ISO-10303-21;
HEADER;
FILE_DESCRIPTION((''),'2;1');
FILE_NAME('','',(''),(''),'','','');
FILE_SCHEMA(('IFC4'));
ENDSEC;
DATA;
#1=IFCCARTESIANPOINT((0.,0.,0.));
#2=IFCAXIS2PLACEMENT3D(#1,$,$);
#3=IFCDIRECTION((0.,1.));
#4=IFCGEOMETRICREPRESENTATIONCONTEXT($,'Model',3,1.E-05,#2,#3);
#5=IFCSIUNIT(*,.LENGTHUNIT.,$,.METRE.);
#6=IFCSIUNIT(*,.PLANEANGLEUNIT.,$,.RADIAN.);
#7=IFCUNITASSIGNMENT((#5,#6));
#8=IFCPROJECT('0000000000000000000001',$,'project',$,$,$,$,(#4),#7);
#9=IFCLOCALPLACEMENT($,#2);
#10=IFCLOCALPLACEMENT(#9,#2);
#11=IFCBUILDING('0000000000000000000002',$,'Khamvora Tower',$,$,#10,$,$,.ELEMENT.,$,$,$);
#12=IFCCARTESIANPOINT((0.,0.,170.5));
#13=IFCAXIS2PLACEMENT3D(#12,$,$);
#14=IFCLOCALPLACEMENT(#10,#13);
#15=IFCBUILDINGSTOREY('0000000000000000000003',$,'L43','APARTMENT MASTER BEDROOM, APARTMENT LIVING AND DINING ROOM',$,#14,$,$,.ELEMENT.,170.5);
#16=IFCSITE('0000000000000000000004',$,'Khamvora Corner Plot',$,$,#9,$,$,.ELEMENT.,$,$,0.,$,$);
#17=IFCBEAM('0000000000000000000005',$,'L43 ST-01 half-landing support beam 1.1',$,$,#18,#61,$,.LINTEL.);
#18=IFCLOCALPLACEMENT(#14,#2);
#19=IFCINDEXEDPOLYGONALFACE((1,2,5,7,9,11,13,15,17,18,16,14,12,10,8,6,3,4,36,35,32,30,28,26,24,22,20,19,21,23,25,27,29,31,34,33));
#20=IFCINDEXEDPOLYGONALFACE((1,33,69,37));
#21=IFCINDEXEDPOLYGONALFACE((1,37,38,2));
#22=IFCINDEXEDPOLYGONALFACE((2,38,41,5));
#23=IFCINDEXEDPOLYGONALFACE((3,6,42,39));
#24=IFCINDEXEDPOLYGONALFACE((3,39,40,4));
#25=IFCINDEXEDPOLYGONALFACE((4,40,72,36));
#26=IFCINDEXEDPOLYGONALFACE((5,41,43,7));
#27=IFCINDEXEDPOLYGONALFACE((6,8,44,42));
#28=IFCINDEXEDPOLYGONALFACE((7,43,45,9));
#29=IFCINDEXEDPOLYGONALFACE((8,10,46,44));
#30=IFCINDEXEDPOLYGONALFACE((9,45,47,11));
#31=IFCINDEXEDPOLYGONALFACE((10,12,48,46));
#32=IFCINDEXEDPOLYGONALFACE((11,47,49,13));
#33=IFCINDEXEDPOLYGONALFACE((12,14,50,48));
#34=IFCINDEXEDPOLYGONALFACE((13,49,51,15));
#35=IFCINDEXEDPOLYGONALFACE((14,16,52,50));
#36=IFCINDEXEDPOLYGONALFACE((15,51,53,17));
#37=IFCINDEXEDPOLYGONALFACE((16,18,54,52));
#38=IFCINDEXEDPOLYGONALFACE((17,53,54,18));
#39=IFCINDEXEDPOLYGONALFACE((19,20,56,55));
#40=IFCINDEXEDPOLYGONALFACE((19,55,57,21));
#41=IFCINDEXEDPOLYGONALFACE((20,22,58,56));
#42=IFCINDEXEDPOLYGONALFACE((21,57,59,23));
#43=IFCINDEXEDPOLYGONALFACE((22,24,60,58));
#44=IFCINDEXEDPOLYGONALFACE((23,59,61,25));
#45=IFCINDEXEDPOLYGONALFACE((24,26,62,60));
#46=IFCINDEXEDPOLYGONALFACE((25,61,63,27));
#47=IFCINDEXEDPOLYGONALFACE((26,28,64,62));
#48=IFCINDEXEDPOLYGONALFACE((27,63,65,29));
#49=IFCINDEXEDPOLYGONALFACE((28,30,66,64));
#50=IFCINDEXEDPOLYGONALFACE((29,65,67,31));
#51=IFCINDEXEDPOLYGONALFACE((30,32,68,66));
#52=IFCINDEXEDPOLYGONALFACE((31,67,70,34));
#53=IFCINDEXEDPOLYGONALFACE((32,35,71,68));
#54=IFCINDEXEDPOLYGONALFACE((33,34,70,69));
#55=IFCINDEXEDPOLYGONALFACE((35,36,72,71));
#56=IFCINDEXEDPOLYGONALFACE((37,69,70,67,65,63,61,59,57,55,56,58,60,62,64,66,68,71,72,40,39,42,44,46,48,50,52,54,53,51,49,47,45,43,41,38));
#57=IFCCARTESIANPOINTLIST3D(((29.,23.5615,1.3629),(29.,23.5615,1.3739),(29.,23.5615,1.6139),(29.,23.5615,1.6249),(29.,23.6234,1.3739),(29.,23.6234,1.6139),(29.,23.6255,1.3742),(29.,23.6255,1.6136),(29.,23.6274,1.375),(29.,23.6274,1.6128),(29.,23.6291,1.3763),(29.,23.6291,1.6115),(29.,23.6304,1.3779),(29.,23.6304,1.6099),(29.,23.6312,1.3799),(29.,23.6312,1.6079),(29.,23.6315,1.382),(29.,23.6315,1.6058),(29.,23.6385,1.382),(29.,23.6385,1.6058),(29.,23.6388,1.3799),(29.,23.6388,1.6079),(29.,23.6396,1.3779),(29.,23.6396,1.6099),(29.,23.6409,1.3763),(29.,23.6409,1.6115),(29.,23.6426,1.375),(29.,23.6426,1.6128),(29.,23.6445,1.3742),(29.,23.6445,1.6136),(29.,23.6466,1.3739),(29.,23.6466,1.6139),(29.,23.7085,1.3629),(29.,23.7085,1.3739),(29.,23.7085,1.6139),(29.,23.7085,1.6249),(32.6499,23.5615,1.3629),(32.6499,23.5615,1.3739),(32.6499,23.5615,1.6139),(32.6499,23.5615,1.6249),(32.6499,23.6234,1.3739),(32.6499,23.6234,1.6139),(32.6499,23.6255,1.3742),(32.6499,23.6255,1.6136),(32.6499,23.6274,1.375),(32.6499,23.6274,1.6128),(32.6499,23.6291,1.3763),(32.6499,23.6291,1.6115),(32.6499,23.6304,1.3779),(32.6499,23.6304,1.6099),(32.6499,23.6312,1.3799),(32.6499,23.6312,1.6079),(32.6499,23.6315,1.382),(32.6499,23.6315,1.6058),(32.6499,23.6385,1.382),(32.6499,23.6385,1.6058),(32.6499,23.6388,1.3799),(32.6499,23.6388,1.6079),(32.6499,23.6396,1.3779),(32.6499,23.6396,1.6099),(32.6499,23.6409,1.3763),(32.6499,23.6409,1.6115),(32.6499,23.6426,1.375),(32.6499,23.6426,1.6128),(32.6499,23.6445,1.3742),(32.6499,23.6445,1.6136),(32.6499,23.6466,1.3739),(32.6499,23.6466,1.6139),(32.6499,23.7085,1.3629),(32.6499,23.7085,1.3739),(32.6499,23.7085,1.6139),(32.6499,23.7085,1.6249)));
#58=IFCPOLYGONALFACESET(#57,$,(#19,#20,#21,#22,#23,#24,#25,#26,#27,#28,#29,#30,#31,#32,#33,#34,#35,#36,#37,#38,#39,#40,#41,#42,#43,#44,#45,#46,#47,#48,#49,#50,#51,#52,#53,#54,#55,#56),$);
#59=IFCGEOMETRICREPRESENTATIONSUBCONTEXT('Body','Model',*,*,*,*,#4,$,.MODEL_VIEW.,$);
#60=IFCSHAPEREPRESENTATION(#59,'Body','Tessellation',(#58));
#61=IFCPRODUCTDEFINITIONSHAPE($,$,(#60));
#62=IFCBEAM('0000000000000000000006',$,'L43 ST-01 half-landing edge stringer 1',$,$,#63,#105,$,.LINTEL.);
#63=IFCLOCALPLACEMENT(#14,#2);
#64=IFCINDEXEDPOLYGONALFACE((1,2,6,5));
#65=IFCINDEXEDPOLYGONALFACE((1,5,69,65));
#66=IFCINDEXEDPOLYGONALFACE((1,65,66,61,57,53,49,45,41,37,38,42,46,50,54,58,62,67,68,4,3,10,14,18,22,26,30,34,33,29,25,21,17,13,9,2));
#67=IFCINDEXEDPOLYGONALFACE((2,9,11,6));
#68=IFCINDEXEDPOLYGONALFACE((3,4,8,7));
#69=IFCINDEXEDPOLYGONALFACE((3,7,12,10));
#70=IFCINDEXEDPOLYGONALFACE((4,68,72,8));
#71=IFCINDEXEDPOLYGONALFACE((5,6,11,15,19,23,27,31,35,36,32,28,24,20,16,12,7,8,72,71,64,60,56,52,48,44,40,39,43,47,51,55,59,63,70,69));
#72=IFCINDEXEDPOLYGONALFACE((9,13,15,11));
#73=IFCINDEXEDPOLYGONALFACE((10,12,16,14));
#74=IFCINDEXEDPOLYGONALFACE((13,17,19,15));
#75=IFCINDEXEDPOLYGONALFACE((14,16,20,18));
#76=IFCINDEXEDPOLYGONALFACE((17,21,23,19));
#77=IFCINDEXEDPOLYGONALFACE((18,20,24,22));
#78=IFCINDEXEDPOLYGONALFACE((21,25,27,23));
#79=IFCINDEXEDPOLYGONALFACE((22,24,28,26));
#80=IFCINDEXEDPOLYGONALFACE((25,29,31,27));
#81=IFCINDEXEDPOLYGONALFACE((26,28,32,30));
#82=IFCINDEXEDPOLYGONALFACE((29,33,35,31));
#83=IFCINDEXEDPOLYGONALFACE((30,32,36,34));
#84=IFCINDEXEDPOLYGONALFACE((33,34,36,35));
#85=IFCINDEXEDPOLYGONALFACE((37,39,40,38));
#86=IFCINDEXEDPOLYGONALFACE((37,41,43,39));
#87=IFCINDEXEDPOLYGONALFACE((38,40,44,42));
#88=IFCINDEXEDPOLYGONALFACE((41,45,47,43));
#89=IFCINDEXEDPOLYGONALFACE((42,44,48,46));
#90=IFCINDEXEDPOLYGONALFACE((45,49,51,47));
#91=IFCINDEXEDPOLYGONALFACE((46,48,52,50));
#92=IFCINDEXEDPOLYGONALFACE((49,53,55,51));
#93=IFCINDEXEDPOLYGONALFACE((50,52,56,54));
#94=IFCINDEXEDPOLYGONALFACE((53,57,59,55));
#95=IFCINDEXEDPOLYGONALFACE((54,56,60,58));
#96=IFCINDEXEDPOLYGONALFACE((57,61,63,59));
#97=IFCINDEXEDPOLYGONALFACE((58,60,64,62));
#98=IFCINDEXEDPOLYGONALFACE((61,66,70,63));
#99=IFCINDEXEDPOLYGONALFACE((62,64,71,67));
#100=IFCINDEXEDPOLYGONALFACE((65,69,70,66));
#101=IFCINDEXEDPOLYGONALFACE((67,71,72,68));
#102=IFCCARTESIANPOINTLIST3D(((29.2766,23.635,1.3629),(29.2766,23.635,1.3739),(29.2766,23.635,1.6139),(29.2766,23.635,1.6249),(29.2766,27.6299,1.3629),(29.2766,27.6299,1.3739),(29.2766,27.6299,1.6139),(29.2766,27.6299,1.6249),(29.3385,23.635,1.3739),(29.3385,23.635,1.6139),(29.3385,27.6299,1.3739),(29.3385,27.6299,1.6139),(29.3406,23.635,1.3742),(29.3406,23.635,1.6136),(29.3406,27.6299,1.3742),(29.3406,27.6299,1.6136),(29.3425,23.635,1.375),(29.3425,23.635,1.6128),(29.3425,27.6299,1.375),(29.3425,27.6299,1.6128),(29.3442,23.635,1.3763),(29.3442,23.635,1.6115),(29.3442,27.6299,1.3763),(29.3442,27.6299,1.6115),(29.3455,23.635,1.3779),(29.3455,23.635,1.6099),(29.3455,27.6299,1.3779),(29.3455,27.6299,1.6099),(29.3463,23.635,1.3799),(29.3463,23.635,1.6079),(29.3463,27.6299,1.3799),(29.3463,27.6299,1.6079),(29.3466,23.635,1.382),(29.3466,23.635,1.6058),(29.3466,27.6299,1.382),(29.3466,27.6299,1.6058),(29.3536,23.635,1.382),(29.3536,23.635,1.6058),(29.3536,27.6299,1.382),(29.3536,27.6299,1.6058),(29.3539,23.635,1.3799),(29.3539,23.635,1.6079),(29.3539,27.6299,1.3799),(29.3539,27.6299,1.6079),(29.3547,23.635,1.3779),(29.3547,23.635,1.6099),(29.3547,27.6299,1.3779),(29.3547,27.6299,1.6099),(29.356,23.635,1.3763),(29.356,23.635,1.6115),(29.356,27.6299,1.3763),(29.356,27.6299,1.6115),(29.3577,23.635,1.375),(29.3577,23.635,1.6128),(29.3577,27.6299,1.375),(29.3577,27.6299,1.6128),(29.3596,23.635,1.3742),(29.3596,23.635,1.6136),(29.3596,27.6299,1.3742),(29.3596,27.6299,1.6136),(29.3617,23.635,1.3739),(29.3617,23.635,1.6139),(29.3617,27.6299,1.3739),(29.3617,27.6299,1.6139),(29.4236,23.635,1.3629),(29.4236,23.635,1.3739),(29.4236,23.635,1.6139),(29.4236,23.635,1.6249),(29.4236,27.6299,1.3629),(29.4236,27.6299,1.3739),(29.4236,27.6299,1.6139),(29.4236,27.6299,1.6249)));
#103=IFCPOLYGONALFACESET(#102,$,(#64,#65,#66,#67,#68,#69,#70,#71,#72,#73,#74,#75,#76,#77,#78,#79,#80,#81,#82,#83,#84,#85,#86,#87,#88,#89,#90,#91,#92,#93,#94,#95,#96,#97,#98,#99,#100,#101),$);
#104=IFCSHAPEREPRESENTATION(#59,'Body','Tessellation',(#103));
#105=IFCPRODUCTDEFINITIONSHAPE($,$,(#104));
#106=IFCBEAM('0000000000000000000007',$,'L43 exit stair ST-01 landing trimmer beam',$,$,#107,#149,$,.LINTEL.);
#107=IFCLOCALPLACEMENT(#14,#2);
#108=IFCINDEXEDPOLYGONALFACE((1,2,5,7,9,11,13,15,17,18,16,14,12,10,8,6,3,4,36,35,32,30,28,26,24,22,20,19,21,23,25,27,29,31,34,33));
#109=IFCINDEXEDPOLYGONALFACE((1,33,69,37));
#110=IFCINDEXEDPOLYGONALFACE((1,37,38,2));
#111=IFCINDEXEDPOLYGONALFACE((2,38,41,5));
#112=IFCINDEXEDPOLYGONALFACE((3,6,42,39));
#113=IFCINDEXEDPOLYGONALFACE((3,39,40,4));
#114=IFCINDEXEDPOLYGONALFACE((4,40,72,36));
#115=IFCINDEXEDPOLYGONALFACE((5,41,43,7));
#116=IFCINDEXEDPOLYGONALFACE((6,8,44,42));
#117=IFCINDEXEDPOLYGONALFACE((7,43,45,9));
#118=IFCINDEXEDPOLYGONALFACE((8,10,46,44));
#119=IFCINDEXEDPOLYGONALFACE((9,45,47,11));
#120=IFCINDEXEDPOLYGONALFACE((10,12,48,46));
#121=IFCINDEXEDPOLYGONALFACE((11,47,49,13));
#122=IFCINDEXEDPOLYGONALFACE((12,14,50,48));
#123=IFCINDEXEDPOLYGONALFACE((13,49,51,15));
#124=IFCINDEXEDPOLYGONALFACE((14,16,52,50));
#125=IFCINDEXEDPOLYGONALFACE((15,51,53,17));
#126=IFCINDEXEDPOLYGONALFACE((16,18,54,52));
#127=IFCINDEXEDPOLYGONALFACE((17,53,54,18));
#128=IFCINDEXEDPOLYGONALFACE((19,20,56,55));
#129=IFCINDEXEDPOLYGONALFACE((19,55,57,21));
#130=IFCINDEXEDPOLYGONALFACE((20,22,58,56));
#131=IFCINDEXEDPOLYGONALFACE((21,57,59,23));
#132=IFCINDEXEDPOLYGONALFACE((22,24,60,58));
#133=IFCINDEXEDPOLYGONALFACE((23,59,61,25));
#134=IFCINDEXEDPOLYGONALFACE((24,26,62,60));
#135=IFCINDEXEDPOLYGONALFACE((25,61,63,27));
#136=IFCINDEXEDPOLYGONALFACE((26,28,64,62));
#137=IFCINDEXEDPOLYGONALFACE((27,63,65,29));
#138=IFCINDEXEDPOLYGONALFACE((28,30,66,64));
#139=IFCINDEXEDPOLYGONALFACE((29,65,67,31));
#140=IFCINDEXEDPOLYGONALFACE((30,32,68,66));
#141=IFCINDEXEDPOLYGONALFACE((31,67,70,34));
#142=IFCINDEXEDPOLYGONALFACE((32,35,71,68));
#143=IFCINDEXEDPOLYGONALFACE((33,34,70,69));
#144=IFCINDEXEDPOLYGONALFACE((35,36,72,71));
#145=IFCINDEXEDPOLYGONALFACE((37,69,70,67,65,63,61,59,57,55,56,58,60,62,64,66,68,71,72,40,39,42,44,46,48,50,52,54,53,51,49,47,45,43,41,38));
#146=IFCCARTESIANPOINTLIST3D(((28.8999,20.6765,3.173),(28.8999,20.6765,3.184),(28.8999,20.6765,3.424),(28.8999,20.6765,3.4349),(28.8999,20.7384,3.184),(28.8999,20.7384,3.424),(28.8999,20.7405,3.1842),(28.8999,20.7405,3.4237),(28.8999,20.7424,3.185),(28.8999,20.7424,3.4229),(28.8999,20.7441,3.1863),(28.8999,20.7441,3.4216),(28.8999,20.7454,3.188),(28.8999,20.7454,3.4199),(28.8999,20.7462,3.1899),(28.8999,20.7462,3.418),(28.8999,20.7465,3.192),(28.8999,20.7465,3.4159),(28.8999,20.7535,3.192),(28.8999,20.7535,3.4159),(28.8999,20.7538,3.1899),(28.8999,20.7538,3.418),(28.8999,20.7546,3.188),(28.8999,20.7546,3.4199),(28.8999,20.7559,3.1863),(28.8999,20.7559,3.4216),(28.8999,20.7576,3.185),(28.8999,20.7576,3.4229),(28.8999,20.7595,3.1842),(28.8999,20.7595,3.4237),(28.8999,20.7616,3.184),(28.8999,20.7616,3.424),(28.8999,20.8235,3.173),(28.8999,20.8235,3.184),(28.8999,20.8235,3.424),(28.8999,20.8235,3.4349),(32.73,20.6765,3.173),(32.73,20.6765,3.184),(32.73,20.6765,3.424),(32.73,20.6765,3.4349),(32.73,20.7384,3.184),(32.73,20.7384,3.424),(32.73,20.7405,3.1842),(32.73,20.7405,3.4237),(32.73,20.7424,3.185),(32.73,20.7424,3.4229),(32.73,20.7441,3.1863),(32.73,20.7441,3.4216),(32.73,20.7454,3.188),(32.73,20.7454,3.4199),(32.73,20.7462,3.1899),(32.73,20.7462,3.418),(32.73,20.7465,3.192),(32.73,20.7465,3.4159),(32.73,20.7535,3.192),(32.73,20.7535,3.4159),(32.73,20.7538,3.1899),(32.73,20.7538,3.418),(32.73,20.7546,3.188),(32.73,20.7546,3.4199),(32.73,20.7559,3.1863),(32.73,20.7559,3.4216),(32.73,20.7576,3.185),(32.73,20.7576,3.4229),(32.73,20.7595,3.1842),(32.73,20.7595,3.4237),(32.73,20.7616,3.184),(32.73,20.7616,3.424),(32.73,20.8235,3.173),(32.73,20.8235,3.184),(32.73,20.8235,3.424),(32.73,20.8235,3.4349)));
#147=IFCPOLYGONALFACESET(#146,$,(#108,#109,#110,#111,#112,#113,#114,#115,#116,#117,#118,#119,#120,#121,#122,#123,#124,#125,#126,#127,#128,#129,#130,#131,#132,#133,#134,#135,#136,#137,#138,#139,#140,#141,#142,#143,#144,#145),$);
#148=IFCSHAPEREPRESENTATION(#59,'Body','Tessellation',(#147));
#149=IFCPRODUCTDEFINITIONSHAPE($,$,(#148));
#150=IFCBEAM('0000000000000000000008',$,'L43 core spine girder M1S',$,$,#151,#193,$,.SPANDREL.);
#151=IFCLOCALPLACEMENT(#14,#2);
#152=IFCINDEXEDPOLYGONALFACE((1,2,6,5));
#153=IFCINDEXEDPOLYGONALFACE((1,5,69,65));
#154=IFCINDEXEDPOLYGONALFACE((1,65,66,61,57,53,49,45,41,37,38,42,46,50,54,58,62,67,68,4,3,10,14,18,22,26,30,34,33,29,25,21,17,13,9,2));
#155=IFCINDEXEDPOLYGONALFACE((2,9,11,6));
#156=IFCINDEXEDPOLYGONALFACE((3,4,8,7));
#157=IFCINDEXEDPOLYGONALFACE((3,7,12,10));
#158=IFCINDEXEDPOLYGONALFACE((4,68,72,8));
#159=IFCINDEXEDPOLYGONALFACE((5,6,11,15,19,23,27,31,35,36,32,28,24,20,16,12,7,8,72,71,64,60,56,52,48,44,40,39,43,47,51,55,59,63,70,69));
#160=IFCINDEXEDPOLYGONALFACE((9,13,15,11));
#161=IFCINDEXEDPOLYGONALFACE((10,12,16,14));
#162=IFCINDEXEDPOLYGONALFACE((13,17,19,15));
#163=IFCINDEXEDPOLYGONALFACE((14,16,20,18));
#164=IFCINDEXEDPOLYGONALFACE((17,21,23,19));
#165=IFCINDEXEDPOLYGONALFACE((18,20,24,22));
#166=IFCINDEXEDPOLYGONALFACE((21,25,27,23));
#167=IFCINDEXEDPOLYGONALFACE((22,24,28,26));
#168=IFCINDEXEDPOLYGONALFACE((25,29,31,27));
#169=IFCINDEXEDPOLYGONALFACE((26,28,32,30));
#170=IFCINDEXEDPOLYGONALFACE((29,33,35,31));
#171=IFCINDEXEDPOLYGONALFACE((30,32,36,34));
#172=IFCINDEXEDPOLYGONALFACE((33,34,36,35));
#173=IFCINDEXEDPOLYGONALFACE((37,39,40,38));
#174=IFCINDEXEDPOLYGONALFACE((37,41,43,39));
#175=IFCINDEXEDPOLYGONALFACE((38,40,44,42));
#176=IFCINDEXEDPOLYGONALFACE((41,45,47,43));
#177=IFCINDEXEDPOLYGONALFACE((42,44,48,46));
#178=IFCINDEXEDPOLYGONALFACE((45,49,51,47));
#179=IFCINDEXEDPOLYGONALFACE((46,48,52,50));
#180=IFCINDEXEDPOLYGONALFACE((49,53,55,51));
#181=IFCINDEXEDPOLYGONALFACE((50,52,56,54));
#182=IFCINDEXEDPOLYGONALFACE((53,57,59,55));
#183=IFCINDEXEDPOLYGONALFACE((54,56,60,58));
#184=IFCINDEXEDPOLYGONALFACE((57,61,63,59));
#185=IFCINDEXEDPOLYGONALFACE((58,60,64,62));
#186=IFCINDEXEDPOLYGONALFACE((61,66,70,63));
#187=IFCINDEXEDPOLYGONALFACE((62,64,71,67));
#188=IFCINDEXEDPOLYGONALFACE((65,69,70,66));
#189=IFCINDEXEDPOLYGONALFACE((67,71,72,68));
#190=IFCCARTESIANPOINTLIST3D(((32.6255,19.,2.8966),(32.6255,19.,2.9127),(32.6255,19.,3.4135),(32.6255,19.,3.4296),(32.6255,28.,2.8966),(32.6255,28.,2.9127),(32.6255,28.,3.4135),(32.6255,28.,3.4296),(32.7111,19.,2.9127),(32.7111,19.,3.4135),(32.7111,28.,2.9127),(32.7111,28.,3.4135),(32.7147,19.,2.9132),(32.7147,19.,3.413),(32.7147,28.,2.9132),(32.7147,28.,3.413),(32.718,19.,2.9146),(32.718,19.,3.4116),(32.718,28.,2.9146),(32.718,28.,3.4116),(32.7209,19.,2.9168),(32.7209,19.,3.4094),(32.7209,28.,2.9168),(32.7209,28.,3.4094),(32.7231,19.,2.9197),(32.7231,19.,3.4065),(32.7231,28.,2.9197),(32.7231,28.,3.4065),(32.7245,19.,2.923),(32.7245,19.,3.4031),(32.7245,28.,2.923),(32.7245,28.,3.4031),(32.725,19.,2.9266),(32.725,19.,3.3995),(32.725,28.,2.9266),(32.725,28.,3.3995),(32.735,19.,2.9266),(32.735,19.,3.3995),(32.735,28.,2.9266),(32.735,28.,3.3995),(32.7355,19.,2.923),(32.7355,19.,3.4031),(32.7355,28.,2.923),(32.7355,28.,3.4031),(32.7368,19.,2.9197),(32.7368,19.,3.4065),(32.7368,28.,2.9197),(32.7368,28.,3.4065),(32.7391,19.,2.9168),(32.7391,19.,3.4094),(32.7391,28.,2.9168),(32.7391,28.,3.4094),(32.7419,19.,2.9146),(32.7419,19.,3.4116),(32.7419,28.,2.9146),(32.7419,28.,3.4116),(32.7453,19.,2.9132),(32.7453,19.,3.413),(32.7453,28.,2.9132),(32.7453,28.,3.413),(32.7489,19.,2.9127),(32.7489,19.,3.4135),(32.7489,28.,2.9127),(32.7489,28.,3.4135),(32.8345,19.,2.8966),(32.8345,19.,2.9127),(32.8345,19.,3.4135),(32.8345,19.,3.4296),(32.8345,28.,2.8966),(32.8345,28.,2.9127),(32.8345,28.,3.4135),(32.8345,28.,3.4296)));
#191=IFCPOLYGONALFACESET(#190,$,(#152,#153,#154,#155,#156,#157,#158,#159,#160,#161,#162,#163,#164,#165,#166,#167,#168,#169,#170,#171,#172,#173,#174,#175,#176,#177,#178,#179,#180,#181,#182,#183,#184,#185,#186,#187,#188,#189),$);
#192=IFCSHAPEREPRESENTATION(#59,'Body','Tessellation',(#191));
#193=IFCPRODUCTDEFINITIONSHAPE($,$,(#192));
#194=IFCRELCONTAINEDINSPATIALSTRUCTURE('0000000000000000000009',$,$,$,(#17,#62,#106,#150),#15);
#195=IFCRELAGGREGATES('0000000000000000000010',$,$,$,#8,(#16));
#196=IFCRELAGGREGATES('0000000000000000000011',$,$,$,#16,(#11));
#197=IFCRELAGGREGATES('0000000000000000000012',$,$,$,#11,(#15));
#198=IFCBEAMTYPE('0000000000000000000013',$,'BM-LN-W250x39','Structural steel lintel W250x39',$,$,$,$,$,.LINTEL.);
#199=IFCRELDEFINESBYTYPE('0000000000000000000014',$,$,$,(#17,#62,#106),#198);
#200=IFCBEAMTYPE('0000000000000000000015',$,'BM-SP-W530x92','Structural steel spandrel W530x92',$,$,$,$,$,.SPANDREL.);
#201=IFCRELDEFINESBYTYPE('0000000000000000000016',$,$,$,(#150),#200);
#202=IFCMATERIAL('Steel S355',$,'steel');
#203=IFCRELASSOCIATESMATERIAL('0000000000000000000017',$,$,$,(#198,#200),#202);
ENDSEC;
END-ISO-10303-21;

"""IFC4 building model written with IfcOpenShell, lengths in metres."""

from ifc_helpers import new_model, si_unit, direction, frame, origin, origin_2d, place, context, subcontext, project, spatial, i_section, extrude, material, material_profile, profile_set, type_object, element, save


model = new_model("IFC4")

# Units and contexts
model_context = context("Model", 3, precision=1e-05, world=origin(), true_north=direction((0.0, 1.0)))
body_context = subcontext(model_context, "Body", "Model", "MODEL_VIEW")
ifc_project = project(units=[si_unit("LENGTHUNIT", "METRE"), si_unit("PLANEANGLEUNIT", "RADIAN")], contexts=[model_context])

# Site, building, storey
site_placement = place(None, origin())
site = spatial("IfcSite", under=ifc_project, at=site_placement, Name="Khamvora Corner Plot", CompositionType="ELEMENT", RefElevation=0.0)
building_placement = place(site_placement, origin())
building = spatial("IfcBuilding", under=site, at=building_placement, Name="Khamvora Tower", CompositionType="ELEMENT")
storey_placement = place(building_placement, frame((0.0, 0.0, 170.5)))
storey = spatial("IfcBuildingStorey", under=building, at=storey_placement, Name="L43", Description="APARTMENT MASTER BEDROOM, APARTMENT LIVING AND DINING ROOM", CompositionType="ELEMENT", Elevation=170.5)

# Beams
ifc_material_1 = material(Name="Steel S355", Category="steel")
ifc_material_profile_1 = material_profile(ifc_material_1, i_section(OverallWidth=0.147, OverallDepth=0.262, WebThickness=0.0071, FlangeThickness=0.011, FilletRadius=0.0081, at=origin_2d()), Name="W250x39")
ifc_profile_set_1 = profile_set([ifc_material_profile_1], Name="Steel S355")
beam_type_1 = type_object("IfcBeamType", Name="BM-LN-W250x39", Description="Structural steel lintel W250x39", PredefinedType="LINTEL", material=ifc_profile_set_1)
beam_1_placement = place(storey_placement, frame((29.0, 23.635, 1.4939), z_axis=(1.0, 0.0, 0.0), x_axis=(0.0, 1.0, 0.0)))
element("IfcBeam", 1, at=beam_1_placement, inside=storey, type_object=beam_type_1, Name="L43 ST-01 half-landing support beam 1.1", PredefinedType="LINTEL", context=body_context, shape_type="SweptSolid", body=[
    extrude(i_section(OverallWidth=0.147, OverallDepth=0.262, WebThickness=0.0071, FlangeThickness=0.011, FilletRadius=0.0081, at=origin_2d()), origin(), (0.0, 0.0, 1.0), 3.6499),
])
beam_2_placement = place(storey_placement, frame((29.3501, 23.635, 1.4939), z_axis=(0.0, 1.0, 0.0), x_axis=(-1.0, 0.0, 0.0)))
element("IfcBeam", 2, at=beam_2_placement, inside=storey, type_object=beam_type_1, Name="L43 ST-01 half-landing edge stringer 1", PredefinedType="LINTEL", context=body_context, shape_type="SweptSolid", body=[
    extrude(i_section(OverallWidth=0.147, OverallDepth=0.262, WebThickness=0.0071, FlangeThickness=0.011, FilletRadius=0.0081, at=origin_2d()), origin(), (0.0, 0.0, 1.0), 3.9949),
])
beam_3_placement = place(storey_placement, frame((28.8999, 20.75, 3.304), z_axis=(1.0, 0.0, 0.0), x_axis=(0.0, 1.0, 0.0)))
element("IfcBeam", 3, at=beam_3_placement, inside=storey, type_object=beam_type_1, Name="L43 exit stair ST-01 landing trimmer beam", PredefinedType="LINTEL", context=body_context, shape_type="SweptSolid", body=[
    extrude(i_section(OverallWidth=0.147, OverallDepth=0.262, WebThickness=0.0071, FlangeThickness=0.011, FilletRadius=0.0081, at=origin_2d()), origin(), (0.0, 0.0, 1.0), 3.8301),
])
ifc_material_profile_2 = material_profile(ifc_material_1, i_section(OverallWidth=0.209, OverallDepth=0.533, WebThickness=0.01, FlangeThickness=0.0161, FilletRadius=0.0139, at=origin_2d()), Name="W530x92")
ifc_profile_set_2 = profile_set([ifc_material_profile_2], Name="Steel S355")
beam_type_2 = type_object("IfcBeamType", Name="BM-SP-W530x92", Description="Structural steel spandrel W530x92", PredefinedType="SPANDREL", material=ifc_profile_set_2)
beam_4_placement = place(storey_placement, frame((32.73, 19.0, 3.1631), z_axis=(0.0, 1.0, 0.0), x_axis=(-1.0, 0.0, 0.0)))
element("IfcBeam", 4, at=beam_4_placement, inside=storey, type_object=beam_type_2, Name="L43 core spine girder M1S", PredefinedType="SPANDREL", context=body_context, shape_type="SweptSolid", body=[
    extrude(i_section(OverallWidth=0.209, OverallDepth=0.533, WebThickness=0.01, FlangeThickness=0.0161, FilletRadius=0.0139, at=origin_2d()), origin(), (0.0, 0.0, 1.0), 9.0),
])

save(model, "model.ifc")
